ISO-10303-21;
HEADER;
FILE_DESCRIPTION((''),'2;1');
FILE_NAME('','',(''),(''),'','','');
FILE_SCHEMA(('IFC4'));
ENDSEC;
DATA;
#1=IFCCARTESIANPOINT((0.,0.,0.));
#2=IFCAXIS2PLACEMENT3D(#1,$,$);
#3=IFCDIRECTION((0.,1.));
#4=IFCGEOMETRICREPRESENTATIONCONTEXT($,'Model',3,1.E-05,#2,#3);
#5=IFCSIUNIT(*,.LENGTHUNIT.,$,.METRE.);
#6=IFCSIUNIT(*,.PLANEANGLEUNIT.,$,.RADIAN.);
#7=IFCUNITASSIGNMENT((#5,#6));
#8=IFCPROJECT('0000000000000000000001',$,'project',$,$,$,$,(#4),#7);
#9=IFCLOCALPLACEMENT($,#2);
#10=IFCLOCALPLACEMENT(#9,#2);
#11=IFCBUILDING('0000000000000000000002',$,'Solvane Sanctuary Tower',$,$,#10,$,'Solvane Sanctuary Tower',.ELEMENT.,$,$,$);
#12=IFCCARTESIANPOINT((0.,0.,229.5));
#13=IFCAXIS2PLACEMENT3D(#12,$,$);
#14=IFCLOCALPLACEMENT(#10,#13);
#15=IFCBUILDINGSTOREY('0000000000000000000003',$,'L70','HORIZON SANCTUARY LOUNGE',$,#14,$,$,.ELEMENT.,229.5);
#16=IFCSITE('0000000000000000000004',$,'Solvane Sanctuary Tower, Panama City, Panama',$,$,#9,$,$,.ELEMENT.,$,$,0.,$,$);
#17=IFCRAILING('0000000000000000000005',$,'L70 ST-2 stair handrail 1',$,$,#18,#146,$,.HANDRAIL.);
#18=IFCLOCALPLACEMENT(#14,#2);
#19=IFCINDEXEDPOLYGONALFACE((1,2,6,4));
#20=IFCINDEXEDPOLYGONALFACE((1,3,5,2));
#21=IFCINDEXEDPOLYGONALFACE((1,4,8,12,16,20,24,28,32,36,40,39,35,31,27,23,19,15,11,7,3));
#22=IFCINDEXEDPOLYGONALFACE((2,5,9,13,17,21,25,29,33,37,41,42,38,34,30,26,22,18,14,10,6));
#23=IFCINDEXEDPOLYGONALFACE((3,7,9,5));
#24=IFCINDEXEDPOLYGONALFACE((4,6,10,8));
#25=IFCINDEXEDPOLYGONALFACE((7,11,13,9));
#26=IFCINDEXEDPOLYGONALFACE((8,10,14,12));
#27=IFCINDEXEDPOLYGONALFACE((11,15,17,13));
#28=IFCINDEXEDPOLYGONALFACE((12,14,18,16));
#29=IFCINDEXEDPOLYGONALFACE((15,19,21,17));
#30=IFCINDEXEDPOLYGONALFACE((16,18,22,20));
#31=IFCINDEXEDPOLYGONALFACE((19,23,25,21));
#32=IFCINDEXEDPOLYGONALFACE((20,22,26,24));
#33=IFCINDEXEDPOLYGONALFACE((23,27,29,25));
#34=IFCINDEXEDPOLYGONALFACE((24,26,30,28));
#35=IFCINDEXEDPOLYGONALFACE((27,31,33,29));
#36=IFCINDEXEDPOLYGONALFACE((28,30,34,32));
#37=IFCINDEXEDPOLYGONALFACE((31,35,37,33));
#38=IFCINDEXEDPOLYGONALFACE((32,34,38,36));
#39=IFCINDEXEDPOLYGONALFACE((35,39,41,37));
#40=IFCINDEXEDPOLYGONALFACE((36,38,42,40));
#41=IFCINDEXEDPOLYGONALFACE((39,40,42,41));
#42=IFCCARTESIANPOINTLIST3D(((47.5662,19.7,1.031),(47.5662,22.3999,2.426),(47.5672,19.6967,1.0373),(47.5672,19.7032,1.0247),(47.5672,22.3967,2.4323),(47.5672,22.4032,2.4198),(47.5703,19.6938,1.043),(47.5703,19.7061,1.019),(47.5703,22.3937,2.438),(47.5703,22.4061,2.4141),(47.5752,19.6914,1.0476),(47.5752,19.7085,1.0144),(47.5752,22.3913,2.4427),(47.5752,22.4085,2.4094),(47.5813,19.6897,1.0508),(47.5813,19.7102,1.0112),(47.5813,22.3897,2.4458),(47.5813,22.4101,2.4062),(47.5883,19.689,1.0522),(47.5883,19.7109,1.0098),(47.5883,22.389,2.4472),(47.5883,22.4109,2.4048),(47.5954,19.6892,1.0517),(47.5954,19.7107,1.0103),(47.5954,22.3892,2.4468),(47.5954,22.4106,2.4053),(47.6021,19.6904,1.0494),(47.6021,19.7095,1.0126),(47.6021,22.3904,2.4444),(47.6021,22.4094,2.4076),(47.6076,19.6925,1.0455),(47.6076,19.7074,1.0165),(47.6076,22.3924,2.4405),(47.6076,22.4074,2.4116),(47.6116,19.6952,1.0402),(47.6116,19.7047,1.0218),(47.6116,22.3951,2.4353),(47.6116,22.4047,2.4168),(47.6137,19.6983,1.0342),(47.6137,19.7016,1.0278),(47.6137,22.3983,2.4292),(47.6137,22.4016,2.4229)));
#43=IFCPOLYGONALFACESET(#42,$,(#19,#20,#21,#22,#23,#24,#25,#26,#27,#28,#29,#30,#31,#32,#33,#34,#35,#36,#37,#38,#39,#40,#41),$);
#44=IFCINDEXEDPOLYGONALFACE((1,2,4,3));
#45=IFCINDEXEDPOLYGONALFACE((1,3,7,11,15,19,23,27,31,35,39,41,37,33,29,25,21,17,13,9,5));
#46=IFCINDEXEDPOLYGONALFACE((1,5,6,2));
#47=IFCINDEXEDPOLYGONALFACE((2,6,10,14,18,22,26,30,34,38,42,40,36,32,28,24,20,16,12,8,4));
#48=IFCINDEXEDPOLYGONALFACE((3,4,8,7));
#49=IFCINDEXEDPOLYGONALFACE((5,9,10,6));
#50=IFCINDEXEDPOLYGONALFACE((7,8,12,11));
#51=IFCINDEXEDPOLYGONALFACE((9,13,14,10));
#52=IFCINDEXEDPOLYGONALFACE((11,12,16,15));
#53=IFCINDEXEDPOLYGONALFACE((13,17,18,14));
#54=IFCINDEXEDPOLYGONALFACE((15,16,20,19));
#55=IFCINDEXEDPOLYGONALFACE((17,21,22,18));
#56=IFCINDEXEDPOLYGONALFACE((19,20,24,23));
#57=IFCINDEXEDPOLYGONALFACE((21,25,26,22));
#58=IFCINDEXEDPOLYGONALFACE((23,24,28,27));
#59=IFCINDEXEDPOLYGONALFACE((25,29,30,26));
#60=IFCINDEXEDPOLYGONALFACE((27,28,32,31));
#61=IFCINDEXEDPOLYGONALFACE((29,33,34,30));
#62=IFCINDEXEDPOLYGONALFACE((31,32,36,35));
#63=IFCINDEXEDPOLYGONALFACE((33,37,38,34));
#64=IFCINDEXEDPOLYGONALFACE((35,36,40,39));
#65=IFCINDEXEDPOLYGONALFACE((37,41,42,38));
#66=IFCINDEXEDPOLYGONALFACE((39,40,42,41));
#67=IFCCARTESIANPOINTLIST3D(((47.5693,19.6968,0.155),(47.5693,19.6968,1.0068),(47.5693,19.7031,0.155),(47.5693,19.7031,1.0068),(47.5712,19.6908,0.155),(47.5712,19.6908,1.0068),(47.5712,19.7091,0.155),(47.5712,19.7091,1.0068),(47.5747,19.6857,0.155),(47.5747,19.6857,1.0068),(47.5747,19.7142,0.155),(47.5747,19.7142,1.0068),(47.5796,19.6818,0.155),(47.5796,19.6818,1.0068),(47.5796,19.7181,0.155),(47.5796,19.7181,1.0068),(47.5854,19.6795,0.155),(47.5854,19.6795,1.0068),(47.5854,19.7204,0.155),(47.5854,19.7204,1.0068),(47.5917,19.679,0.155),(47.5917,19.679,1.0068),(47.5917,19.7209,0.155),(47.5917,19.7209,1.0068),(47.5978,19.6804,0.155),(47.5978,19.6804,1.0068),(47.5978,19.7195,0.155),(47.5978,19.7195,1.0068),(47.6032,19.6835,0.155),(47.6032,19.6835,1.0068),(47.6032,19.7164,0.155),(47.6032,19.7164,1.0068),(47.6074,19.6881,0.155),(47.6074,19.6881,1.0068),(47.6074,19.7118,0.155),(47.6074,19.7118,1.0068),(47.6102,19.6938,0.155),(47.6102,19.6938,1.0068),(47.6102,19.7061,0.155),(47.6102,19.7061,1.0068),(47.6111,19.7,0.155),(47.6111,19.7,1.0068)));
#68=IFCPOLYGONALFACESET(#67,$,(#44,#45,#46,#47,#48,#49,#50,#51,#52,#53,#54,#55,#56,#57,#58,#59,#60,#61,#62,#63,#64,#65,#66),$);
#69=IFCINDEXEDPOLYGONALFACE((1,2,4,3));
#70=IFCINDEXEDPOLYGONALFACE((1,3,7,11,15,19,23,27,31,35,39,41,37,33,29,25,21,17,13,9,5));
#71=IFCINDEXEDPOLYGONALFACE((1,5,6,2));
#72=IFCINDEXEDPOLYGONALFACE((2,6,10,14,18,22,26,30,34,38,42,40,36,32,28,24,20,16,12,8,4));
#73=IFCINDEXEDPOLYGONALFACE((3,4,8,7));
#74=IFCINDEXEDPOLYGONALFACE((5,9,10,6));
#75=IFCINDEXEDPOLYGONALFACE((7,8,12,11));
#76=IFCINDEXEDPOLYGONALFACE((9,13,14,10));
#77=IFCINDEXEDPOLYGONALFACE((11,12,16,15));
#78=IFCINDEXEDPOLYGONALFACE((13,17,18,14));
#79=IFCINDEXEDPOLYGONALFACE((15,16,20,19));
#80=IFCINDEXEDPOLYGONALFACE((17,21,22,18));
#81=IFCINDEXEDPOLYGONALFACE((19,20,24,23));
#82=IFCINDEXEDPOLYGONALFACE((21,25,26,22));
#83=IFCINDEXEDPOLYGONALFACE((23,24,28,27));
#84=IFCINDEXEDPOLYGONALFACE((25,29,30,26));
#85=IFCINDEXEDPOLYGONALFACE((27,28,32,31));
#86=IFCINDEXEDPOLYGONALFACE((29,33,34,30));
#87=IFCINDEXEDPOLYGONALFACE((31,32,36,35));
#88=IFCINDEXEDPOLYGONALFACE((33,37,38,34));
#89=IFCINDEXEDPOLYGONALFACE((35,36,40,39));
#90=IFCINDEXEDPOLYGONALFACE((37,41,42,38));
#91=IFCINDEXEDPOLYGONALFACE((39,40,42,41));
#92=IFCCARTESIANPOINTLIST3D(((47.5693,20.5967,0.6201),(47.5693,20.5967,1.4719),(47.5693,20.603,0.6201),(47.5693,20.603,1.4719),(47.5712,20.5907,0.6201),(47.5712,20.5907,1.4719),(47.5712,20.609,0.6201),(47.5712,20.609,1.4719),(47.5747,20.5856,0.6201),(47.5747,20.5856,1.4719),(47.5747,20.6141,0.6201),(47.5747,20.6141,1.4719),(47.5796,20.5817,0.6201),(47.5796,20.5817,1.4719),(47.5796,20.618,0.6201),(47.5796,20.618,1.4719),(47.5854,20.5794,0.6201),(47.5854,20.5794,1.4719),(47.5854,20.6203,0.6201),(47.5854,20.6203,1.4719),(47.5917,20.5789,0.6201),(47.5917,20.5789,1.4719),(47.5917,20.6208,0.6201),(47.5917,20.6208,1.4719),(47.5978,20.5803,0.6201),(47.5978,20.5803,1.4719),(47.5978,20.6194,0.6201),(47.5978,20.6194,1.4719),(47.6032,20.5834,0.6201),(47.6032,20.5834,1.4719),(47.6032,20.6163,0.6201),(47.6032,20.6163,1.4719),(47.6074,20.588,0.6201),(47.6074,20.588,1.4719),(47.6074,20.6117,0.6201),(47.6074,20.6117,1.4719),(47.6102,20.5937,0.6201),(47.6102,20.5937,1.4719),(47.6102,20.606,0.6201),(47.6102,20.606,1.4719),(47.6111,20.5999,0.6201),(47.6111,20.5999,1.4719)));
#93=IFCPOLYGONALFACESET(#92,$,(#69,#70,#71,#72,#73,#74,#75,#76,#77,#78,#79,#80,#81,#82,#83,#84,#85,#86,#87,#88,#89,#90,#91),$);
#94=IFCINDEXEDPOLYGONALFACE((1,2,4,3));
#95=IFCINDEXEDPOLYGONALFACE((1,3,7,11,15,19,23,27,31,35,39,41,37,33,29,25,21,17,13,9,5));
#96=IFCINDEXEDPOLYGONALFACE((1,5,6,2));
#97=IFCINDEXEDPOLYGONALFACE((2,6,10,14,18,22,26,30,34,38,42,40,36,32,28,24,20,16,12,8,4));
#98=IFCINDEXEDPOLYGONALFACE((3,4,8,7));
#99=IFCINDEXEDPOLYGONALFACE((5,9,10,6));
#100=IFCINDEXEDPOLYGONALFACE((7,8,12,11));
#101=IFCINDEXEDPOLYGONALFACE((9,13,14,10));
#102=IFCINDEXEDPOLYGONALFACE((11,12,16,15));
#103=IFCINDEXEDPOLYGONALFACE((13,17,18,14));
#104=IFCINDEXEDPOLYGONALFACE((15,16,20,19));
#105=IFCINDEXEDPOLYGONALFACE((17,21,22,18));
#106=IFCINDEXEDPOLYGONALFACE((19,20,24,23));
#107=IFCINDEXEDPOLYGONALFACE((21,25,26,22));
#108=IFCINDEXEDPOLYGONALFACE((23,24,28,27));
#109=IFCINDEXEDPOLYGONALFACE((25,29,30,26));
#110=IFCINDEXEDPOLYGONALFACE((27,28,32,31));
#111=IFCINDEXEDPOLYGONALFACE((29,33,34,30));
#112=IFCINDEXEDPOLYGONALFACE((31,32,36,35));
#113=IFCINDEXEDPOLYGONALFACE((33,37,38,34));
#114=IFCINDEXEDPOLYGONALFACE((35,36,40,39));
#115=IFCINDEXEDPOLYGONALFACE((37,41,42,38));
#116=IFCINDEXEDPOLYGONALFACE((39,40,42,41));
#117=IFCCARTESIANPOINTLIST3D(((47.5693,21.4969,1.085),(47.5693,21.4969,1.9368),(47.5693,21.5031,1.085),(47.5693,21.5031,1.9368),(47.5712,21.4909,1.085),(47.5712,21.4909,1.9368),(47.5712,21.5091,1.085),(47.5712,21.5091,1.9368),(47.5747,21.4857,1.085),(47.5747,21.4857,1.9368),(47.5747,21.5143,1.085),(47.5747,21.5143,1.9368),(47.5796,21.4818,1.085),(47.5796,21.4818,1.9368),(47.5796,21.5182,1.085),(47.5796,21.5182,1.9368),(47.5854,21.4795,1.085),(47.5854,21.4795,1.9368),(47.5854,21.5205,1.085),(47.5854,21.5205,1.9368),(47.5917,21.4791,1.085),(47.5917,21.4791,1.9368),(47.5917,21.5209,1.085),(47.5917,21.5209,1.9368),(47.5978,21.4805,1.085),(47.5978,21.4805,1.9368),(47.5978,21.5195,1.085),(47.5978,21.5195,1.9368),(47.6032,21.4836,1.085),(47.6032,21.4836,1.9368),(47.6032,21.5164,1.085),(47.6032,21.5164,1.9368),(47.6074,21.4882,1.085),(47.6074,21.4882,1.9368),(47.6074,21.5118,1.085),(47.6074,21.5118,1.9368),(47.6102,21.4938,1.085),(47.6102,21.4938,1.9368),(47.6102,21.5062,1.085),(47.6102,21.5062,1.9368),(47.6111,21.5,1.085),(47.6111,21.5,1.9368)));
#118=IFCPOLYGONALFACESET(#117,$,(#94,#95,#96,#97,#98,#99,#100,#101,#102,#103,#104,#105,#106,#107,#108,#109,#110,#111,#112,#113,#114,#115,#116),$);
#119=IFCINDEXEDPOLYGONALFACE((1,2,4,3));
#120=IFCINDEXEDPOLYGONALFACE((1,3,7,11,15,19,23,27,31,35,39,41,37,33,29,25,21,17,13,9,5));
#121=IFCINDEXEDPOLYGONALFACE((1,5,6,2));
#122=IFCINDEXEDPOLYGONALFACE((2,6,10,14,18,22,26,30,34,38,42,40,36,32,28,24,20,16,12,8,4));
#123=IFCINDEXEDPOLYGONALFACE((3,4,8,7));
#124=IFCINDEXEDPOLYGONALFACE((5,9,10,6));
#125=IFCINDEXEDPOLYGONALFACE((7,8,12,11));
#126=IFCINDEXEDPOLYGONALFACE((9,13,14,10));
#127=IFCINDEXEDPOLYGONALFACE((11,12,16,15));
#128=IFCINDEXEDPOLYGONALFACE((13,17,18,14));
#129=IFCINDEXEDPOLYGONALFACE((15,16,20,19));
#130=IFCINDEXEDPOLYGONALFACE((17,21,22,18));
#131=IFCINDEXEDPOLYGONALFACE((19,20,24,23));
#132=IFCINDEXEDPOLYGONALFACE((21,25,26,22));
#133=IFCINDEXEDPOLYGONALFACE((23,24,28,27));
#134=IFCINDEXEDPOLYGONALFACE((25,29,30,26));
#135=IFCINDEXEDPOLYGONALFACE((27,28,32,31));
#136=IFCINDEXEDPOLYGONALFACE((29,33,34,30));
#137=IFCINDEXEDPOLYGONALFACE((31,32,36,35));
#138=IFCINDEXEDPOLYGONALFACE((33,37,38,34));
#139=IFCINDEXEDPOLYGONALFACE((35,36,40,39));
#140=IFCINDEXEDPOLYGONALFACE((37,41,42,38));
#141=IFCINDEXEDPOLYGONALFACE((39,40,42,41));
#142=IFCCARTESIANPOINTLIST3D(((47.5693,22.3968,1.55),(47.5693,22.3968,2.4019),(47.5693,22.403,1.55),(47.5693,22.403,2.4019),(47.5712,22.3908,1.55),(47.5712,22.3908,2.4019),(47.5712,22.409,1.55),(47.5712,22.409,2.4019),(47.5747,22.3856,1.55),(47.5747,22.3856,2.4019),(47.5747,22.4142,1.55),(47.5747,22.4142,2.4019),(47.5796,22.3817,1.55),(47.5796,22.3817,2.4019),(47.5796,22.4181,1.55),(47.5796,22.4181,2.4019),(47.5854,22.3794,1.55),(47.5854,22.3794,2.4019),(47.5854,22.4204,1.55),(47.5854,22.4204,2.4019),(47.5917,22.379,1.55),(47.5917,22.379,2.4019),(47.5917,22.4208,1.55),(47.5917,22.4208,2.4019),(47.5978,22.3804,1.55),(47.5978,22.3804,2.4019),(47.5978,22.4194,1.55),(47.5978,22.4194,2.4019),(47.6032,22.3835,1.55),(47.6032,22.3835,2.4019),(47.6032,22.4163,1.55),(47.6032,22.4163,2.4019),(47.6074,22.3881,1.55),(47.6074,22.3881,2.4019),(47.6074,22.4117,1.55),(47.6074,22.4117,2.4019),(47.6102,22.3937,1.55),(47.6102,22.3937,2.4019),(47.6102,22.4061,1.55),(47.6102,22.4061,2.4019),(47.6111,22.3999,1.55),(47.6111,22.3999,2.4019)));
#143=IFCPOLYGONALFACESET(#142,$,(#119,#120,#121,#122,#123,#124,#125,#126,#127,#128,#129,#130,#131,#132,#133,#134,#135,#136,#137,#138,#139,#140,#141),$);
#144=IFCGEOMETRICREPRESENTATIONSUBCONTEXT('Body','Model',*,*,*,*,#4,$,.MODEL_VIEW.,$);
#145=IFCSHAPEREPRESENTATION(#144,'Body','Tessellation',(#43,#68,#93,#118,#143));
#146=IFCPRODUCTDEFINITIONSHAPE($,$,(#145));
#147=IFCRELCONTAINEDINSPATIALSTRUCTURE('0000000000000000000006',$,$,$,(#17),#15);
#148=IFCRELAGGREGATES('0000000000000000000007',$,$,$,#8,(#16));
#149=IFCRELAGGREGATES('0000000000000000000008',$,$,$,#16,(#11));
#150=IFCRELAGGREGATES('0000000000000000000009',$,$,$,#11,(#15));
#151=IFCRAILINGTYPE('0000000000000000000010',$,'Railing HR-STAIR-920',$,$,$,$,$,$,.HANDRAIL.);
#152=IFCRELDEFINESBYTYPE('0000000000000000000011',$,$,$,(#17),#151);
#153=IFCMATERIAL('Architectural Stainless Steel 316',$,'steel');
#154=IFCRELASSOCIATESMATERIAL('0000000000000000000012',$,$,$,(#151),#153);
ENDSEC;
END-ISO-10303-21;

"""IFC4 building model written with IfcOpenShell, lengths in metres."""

from ifc_helpers import new_model, si_unit, direction, frame, origin, origin_2d, place, context, subcontext, project, spatial, circle, extrude, material, type_object, element, save


model = new_model("IFC4")

# Units and contexts
model_context = context("Model", 3, precision=1e-05, world=origin(), true_north=direction((0.0, 1.0)))
body_context = subcontext(model_context, "Body", "Model", "MODEL_VIEW")
ifc_project = project(units=[si_unit("LENGTHUNIT", "METRE"), si_unit("PLANEANGLEUNIT", "RADIAN")], contexts=[model_context])

# Site, building, storey
site_placement = place(None, origin())
site = spatial("IfcSite", under=ifc_project, at=site_placement, Name="Solvane Sanctuary Tower, Panama City, Panama", CompositionType="ELEMENT", RefElevation=0.0)
building_placement = place(site_placement, origin())
building = spatial("IfcBuilding", under=site, at=building_placement, Name="Solvane Sanctuary Tower", LongName="Solvane Sanctuary Tower", CompositionType="ELEMENT")
storey_placement = place(building_placement, frame((0.0, 0.0, 229.5)))
storey = spatial("IfcBuildingStorey", under=building, at=storey_placement, Name="L70", Description="HORIZON SANCTUARY LOUNGE", CompositionType="ELEMENT", Elevation=229.5)

# Shared definitions
ifc_material_1 = material(Name="Architectural Stainless Steel 316", Category="steel")

# Railing
railing_type_1 = type_object("IfcRailingType", Name="Railing HR-STAIR-920", PredefinedType="HANDRAIL", material=ifc_material_1)
railing_1_placement = place(storey_placement, frame((47.5901, 19.7, 0.155)))
element("IfcRailing", 1, at=railing_1_placement, inside=storey, type_object=railing_type_1, Name="L70 ST-2 stair handrail 1", PredefinedType="HANDRAIL", context=body_context, shape_type="SweptSolid", body=[
    extrude(circle(Radius=0.0239, at=origin_2d()), frame((0.0, 0.0, 0.876), z_axis=(0.0, 0.88842, 0.459032), x_axis=(-1.0, 0.0, 0.0)), (0.0, 0.0, 1.0), 3.0391),
    extrude(circle(Radius=0.021, at=origin_2d()), origin(), (0.0, 0.0, 1.0), 0.8518),
    extrude(circle(Radius=0.021, at=origin_2d()), frame((0.0, 0.8999, 0.4651)), (0.0, 0.0, 1.0), 0.8518),
    extrude(circle(Radius=0.021, at=origin_2d()), frame((0.0, 1.8, 0.9299)), (0.0, 0.0, 1.0), 0.8518),
    extrude(circle(Radius=0.021, at=origin_2d()), frame((0.0, 2.7, 1.395)), (0.0, 0.0, 1.0), 0.8518),
])

save(model, "model.ifc")
